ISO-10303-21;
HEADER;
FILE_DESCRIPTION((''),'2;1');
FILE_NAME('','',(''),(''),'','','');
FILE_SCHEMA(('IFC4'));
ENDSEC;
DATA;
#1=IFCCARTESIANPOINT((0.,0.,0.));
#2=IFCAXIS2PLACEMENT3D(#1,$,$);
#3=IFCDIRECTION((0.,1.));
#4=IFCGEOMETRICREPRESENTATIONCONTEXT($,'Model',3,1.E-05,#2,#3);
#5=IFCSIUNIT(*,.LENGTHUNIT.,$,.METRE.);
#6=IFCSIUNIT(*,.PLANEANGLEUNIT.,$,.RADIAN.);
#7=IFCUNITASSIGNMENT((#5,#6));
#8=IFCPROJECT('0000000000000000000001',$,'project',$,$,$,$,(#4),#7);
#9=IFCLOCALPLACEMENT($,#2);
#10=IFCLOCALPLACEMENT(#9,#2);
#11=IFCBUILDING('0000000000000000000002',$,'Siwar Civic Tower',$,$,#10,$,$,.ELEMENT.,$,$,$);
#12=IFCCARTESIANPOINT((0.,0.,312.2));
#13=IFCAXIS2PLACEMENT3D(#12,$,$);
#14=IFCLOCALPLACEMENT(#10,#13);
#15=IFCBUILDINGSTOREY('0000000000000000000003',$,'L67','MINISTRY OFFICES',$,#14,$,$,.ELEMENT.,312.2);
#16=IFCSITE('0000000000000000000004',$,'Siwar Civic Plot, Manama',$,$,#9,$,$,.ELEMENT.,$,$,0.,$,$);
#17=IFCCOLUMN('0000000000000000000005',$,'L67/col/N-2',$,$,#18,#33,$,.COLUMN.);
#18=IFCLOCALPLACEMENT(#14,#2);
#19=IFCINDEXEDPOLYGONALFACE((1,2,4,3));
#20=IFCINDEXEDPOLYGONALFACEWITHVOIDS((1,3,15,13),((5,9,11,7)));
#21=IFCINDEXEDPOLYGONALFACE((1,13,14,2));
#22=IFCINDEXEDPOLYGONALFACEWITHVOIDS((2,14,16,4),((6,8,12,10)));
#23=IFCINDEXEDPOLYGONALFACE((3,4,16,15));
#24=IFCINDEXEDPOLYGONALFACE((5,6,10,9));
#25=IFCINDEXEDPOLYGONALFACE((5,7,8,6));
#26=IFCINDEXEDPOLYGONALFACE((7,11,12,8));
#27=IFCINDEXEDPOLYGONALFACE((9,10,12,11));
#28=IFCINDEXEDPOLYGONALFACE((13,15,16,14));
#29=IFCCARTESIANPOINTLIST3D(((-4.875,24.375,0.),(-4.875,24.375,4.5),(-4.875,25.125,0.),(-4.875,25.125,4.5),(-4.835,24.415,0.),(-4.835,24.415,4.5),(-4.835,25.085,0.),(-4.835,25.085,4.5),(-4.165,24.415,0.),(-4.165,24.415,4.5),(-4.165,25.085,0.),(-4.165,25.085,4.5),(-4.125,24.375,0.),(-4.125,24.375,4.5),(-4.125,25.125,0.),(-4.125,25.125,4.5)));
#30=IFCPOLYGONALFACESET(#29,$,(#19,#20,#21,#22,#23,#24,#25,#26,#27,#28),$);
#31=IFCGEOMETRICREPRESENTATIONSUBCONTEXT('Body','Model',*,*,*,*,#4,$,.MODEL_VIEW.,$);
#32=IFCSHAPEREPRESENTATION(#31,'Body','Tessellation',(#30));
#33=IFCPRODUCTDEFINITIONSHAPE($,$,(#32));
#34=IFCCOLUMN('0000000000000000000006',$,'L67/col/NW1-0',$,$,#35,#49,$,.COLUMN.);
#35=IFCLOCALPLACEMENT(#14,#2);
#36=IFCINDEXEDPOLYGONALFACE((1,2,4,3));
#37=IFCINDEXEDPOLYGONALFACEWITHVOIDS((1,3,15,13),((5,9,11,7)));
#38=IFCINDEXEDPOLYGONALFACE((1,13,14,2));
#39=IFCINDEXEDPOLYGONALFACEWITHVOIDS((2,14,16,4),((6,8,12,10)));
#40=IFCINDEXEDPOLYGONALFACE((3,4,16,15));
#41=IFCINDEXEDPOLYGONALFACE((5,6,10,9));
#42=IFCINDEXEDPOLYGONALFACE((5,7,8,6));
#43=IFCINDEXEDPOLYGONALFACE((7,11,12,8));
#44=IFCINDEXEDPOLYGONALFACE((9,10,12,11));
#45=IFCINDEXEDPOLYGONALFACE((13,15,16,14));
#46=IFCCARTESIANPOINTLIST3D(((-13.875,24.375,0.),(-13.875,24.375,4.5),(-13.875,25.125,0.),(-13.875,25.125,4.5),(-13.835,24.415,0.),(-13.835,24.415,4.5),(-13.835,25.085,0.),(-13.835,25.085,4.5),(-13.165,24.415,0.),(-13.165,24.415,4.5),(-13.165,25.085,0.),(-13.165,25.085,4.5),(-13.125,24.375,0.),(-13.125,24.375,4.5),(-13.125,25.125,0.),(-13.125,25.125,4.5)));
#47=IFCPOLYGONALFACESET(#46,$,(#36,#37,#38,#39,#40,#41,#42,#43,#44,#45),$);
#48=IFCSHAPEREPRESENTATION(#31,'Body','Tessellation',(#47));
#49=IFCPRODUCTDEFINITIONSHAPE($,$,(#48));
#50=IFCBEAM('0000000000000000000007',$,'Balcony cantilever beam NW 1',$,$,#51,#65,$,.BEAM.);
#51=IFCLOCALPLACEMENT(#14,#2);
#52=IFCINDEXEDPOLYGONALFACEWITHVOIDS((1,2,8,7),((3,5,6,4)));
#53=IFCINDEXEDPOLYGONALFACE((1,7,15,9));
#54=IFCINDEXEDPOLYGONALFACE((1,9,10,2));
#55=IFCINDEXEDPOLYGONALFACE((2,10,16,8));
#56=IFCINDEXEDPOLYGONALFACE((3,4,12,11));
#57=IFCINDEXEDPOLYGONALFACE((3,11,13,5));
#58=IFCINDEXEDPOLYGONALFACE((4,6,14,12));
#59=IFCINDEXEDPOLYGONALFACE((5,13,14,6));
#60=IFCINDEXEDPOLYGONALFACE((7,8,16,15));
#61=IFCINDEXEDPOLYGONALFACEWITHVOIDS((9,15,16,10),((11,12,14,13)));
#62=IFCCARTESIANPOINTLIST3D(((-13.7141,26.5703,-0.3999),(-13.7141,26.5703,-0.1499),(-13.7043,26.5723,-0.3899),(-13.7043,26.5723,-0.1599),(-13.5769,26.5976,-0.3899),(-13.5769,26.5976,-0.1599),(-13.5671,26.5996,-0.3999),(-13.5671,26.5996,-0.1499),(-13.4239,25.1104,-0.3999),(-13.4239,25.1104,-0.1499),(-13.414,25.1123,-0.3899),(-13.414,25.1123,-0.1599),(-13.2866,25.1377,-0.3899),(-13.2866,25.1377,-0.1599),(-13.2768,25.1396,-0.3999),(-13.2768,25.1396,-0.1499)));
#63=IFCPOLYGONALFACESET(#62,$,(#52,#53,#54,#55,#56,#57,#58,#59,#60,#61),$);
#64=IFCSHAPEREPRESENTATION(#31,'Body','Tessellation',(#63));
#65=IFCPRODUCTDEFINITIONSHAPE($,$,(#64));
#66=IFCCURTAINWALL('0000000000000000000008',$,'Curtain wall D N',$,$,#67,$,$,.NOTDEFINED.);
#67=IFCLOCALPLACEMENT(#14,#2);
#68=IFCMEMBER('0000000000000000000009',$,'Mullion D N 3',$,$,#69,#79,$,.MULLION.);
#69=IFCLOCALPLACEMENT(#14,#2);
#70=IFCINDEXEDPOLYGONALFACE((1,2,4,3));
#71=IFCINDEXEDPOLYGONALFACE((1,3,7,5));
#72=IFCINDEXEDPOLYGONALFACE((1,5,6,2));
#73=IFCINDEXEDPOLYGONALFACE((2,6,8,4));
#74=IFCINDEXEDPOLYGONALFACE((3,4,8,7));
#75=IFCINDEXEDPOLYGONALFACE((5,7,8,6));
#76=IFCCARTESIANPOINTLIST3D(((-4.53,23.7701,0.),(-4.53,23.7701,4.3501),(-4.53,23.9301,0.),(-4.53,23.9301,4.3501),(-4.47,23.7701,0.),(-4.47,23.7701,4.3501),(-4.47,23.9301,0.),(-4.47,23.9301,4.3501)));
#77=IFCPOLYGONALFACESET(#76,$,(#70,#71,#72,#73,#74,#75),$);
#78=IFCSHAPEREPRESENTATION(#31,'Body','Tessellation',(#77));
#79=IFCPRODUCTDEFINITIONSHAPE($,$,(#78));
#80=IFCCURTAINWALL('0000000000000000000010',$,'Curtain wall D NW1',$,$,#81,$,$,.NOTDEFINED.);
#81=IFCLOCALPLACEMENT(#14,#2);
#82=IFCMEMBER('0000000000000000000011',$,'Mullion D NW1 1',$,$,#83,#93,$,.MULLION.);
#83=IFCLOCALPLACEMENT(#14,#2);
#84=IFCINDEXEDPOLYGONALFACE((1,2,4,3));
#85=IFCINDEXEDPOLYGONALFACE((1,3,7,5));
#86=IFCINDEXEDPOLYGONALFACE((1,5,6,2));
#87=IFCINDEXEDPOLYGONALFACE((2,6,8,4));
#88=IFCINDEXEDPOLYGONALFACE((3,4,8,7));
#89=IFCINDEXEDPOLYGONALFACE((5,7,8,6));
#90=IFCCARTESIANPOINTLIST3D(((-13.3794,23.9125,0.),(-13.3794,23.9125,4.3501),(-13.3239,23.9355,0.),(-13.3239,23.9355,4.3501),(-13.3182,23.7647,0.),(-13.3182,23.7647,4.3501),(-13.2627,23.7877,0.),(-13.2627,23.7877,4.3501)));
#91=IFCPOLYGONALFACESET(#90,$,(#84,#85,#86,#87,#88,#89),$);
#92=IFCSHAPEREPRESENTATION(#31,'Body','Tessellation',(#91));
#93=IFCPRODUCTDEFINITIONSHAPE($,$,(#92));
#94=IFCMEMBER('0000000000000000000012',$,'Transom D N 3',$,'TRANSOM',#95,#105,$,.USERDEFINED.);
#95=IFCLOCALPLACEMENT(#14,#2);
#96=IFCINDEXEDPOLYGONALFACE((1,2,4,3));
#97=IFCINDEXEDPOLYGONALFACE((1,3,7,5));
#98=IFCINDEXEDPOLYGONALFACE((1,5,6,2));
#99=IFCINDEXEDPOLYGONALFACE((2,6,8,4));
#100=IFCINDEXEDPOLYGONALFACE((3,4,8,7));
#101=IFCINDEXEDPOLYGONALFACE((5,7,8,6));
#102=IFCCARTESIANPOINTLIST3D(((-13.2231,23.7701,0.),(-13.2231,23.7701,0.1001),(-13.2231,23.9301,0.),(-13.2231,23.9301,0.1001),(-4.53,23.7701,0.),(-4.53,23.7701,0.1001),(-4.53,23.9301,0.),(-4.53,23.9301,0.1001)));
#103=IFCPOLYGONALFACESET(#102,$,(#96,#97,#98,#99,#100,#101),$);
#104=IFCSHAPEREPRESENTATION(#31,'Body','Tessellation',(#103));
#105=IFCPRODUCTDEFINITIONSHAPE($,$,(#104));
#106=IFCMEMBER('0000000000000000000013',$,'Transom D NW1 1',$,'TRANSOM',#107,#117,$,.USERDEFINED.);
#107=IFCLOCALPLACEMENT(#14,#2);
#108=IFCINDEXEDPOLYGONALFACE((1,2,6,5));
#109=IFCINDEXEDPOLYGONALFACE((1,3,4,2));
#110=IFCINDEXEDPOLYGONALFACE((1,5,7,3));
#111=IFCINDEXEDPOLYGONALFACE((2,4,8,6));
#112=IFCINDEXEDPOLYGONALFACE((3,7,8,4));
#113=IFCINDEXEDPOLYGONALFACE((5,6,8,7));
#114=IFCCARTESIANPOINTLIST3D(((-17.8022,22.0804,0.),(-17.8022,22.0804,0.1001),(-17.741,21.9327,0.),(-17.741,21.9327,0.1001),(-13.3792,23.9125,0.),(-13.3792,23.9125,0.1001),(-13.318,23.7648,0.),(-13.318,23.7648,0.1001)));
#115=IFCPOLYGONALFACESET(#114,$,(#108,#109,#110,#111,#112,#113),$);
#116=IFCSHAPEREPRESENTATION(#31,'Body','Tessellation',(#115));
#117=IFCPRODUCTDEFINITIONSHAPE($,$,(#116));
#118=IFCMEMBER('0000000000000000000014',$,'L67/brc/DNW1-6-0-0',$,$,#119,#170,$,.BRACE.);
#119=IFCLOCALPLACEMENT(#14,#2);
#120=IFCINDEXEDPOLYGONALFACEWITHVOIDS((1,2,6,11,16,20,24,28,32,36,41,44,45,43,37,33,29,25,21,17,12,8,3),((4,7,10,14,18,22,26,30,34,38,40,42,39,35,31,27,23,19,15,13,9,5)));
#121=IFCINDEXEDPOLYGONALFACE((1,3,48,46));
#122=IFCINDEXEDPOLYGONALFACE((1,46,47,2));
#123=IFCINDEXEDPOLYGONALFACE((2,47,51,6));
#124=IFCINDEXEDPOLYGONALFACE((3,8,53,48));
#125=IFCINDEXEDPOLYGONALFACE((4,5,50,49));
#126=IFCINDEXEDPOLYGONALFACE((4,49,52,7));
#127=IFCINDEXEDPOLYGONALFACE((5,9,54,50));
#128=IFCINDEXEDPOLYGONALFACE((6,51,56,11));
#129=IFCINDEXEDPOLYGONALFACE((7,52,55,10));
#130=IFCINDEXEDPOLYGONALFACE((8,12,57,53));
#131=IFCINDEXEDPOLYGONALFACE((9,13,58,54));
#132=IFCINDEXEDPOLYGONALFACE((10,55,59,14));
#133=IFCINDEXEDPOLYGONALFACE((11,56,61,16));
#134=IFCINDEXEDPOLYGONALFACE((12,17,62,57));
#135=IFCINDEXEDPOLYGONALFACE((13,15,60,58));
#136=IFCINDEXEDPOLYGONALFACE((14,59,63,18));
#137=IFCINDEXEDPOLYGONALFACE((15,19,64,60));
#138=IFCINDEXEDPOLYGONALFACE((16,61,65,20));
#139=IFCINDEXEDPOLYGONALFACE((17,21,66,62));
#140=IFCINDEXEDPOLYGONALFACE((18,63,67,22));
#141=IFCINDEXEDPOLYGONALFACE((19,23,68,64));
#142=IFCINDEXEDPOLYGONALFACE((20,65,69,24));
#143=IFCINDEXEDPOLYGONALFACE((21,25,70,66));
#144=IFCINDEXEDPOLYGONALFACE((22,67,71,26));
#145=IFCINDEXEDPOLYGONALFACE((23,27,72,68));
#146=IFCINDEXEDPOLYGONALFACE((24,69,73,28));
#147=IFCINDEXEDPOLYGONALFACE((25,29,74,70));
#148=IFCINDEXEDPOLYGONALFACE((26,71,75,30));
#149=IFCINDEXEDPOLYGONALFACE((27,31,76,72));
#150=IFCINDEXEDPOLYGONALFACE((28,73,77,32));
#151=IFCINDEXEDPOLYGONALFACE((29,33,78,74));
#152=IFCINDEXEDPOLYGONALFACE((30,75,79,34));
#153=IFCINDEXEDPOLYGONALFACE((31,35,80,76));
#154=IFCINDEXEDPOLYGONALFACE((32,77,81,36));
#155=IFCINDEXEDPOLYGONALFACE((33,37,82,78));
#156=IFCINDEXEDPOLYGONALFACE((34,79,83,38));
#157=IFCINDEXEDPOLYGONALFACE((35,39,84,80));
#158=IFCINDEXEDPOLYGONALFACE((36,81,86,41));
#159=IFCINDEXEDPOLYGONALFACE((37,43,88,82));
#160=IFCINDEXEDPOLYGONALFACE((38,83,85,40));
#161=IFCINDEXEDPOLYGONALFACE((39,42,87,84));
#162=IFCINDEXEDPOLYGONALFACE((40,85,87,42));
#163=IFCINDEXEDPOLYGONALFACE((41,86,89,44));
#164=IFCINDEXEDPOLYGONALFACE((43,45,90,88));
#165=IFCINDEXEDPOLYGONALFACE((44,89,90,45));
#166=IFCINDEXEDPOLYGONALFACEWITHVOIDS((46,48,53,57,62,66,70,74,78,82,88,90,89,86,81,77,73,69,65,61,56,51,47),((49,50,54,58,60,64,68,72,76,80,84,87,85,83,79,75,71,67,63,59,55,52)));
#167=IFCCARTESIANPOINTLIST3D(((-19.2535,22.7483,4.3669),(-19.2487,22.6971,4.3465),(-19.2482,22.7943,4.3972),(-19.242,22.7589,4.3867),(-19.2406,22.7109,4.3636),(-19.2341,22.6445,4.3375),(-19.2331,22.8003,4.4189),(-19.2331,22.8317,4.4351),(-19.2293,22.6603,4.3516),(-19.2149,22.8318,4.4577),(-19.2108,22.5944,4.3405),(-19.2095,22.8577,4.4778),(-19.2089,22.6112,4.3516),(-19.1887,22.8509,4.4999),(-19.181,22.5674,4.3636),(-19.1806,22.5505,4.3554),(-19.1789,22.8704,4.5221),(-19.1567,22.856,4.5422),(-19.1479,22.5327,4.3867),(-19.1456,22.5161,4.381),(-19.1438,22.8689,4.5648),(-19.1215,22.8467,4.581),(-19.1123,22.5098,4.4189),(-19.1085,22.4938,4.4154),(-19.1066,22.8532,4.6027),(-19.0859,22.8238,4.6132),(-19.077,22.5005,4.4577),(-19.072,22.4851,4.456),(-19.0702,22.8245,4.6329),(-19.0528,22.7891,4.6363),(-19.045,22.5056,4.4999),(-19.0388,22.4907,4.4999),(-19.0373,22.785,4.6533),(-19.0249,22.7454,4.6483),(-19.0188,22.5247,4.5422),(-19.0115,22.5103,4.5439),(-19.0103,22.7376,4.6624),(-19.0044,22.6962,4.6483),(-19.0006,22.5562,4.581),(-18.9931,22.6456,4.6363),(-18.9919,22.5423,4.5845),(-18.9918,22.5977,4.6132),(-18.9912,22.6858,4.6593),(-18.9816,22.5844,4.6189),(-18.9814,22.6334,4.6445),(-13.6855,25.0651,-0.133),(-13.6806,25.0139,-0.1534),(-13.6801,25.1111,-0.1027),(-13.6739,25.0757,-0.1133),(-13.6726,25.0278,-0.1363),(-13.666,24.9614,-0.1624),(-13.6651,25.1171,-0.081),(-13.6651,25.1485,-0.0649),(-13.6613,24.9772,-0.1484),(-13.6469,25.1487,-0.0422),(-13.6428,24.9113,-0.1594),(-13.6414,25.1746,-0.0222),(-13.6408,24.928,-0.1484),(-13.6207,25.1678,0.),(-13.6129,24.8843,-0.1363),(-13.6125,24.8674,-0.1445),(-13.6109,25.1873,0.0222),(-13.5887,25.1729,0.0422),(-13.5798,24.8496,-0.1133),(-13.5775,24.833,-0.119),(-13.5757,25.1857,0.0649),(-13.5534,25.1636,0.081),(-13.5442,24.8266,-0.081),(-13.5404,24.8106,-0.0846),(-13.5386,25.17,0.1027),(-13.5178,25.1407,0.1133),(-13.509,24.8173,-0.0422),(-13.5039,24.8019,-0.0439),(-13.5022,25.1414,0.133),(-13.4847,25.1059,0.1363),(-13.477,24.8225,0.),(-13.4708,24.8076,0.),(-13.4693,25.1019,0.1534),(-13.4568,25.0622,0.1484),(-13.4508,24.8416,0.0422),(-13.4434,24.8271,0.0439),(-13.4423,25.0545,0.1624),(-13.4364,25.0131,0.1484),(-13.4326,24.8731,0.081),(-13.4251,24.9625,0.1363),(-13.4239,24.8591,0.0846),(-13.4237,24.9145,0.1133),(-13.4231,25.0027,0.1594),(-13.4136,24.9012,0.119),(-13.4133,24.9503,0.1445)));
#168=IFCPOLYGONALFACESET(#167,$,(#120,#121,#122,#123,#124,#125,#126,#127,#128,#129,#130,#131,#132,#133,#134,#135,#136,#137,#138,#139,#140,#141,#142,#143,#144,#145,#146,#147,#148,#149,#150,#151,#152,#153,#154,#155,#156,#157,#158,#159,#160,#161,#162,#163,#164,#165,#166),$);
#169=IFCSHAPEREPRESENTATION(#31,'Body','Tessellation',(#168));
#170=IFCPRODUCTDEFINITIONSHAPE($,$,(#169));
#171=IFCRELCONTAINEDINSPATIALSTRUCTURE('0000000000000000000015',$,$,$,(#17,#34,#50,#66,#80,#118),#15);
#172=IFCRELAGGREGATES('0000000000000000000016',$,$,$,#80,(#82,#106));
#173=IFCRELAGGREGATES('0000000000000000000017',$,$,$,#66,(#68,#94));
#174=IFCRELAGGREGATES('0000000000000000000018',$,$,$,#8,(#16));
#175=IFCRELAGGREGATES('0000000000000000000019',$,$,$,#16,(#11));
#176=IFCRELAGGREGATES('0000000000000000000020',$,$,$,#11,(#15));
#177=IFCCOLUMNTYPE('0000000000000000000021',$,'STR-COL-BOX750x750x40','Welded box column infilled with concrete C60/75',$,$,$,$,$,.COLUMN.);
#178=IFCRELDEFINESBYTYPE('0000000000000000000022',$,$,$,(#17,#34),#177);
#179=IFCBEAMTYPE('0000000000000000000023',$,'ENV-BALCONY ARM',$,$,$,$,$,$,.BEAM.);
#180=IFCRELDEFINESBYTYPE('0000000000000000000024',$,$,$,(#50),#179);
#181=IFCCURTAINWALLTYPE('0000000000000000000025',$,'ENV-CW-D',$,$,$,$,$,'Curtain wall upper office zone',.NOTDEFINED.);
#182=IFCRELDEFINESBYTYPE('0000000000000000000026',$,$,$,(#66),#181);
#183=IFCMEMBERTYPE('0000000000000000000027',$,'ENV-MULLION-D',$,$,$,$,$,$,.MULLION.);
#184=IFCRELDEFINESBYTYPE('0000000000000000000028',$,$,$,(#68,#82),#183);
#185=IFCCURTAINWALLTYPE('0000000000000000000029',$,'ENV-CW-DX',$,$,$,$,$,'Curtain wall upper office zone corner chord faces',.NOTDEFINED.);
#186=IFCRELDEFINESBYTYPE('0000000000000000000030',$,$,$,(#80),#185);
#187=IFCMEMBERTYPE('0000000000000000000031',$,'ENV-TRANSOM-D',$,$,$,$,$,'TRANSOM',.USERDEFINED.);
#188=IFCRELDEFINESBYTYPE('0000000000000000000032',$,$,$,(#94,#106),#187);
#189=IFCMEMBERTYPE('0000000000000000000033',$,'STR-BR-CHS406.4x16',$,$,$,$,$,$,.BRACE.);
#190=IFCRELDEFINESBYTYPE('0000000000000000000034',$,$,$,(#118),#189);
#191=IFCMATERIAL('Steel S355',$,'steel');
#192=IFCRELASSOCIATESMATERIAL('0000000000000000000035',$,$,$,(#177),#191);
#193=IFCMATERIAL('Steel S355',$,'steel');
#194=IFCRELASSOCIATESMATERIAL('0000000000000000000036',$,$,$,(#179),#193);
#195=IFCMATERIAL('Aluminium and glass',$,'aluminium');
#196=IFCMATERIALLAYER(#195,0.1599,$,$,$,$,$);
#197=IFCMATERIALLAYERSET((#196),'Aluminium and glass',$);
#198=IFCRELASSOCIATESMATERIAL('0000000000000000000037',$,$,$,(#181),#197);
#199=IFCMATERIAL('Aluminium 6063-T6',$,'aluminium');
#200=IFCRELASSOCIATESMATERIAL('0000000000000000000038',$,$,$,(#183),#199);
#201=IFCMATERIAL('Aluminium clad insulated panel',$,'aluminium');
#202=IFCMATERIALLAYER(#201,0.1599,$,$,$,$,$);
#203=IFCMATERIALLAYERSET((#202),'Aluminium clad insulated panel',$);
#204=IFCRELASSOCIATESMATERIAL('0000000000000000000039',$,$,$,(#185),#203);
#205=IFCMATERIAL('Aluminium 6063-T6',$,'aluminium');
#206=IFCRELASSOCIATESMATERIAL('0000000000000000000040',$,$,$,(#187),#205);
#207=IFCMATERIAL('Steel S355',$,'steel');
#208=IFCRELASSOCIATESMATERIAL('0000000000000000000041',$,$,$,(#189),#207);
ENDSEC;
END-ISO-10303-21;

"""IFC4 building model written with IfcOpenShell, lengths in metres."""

from ifc_helpers import new_model, si_unit, direction, frame, origin, origin_2d, place, context, subcontext, project, spatial, rectangle, hollow_rectangle, hollow_circle, extrude, material, layer, layer_set, material_profile, profile_set, type_object, element, aggregate, save


model = new_model("IFC4")

# Units and contexts
model_context = context("Model", 3, precision=1e-05, world=origin(), true_north=direction((0.0, 1.0)))
body_context = subcontext(model_context, "Body", "Model", "MODEL_VIEW")
ifc_project = project(units=[si_unit("LENGTHUNIT", "METRE"), si_unit("PLANEANGLEUNIT", "RADIAN")], contexts=[model_context])

# Site, building, storey
site_placement = place(None, origin())
site = spatial("IfcSite", under=ifc_project, at=site_placement, Name="Siwar Civic Plot, Manama", CompositionType="ELEMENT", RefElevation=0.0)
building_placement = place(site_placement, origin())
building = spatial("IfcBuilding", under=site, at=building_placement, Name="Siwar Civic Tower", CompositionType="ELEMENT")
storey_placement = place(building_placement, frame((0.0, 0.0, 312.2)))
storey = spatial("IfcBuildingStorey", under=building, at=storey_placement, Name="L67", Description="MINISTRY OFFICES", CompositionType="ELEMENT", Elevation=312.2)

# Columns
ifc_material_1 = material(Name="Steel S355", Category="steel")
ifc_material_profile_1 = material_profile(ifc_material_1, hollow_rectangle(XDim=0.75, YDim=0.75, WallThickness=0.04, at=origin_2d()), Name="BOX750x750x40")
ifc_profile_set_1 = profile_set([ifc_material_profile_1], Name="Steel S355")
column_type = type_object("IfcColumnType", Name="STR-COL-BOX750x750x40", Description="Welded box column infilled with concrete C60/75", PredefinedType="COLUMN", material=ifc_profile_set_1)
for number, where, z_axis, x_axis, name in (
    (1, (-4.5, 24.75, 0.0), (0.0, 0.0, 1.0), (1.0, 0.0, 0.0), "L67/col/N-2"),
    (2, (-13.5, 24.75, 0.0), (0.0, 0.0, 1.0), (1.0, 0.0, 0.0), "L67/col/NW1-0"),
):
    element("IfcColumn", number, at=place(storey_placement, frame(where, z_axis=z_axis, x_axis=x_axis)), inside=storey, type_object=column_type, Name=name, PredefinedType="COLUMN", context=body_context, shape_type="SweptSolid", body=[
        extrude(hollow_rectangle(XDim=0.75, YDim=0.75, WallThickness=0.04, at=origin_2d()), origin(), (0.0, 0.0, 1.0), 4.5),
    ])

# Beam
ifc_material_2 = material(Name="Steel S355", Category="steel")
ifc_material_profile_2 = material_profile(ifc_material_2, hollow_rectangle(XDim=0.1499, YDim=0.25, WallThickness=0.01, at=origin_2d()), Name="RHS250x150x10")
ifc_profile_set_2 = profile_set([ifc_material_profile_2], Name="Steel S355")
beam_type_1 = type_object("IfcBeamType", Name="ENV-BALCONY ARM", PredefinedType="BEAM", material=ifc_profile_set_2)
beam_1_placement = place(storey_placement, frame((-13.3503, 25.125, -0.2749), z_axis=(-0.195012, 0.980801, 0.0), x_axis=(-0.980801, -0.195012, 0.0)))
element("IfcBeam", 3, at=beam_1_placement, inside=storey, type_object=beam_type_1, Name="Balcony cantilever beam NW 1", PredefinedType="BEAM", context=body_context, shape_type="SweptSolid", body=[
    extrude(hollow_rectangle(XDim=0.1499, YDim=0.25, WallThickness=0.01, at=origin_2d()), origin(), (0.0, 0.0, 1.0), 1.4885),
])

# Curtain walls, members
ifc_material_3 = material(Name="Aluminium and glass", Category="aluminium")
ifc_layer_1 = layer(ifc_material_3, 0.1599)
ifc_layer_set_1 = layer_set([ifc_layer_1], Name="Aluminium and glass")
curtain_wall_type_1 = type_object("IfcCurtainWallType", Name="ENV-CW-D", ElementType="Curtain wall upper office zone", PredefinedType="NOTDEFINED", material=ifc_layer_set_1)
curtain_wall_1_placement = place(storey_placement, origin())
curtain_wall_1 = element("IfcCurtainWall", 4, at=curtain_wall_1_placement, inside=storey, type_object=curtain_wall_type_1, Name="Curtain wall D N", PredefinedType="NOTDEFINED")
ifc_material_4 = material(Name="Aluminium 6063-T6", Category="aluminium")
ifc_material_profile_3 = material_profile(ifc_material_4, rectangle(XDim=0.1599, YDim=0.0601, at=origin_2d()), Name="AL 160x60")
ifc_profile_set_3 = profile_set([ifc_material_profile_3], Name="Aluminium 6063-T6")
member_type_1 = type_object("IfcMemberType", Name="ENV-MULLION-D", PredefinedType="MULLION", material=ifc_profile_set_3)
member_1_placement = place(storey_placement, frame((-4.5, 23.8501, 0.0), z_axis=(0.0, 0.0, 1.0), x_axis=(0.0, -1.0, 0.0)))
member_1 = element("IfcMember", 5, at=member_1_placement, type_object=member_type_1, Name="Mullion D N 3", PredefinedType="MULLION", context=body_context, shape_type="SweptSolid", body=[
    extrude(rectangle(XDim=0.1599, YDim=0.0601, at=origin_2d()), origin(), (0.0, 0.0, 1.0), 4.3501),
])
ifc_material_5 = material(Name="Aluminium clad insulated panel", Category="aluminium")
ifc_layer_2 = layer(ifc_material_5, 0.1599)
ifc_layer_set_2 = layer_set([ifc_layer_2], Name="Aluminium clad insulated panel")
curtain_wall_type_2 = type_object("IfcCurtainWallType", Name="ENV-CW-DX", ElementType="Curtain wall upper office zone corner chord faces", PredefinedType="NOTDEFINED", material=ifc_layer_set_2)
curtain_wall_2_placement = place(storey_placement, origin())
curtain_wall_2 = element("IfcCurtainWall", 6, at=curtain_wall_2_placement, inside=storey, type_object=curtain_wall_type_2, Name="Curtain wall D NW1", PredefinedType="NOTDEFINED")
member_2_placement = place(storey_placement, frame((-13.321, 23.8501, 0.0), z_axis=(0.0, 0.0, 1.0), x_axis=(0.382683, -0.92388, 0.0)))
member_2 = element("IfcMember", 7, at=member_2_placement, type_object=member_type_1, Name="Mullion D NW1 1", PredefinedType="MULLION", context=body_context, shape_type="SweptSolid", body=[
    extrude(rectangle(XDim=0.1599, YDim=0.0601, at=origin_2d()), origin(), (0.0, 0.0, 1.0), 4.3501),
])

# Members
ifc_material_6 = material(Name="Aluminium 6063-T6", Category="aluminium")
ifc_material_profile_4 = material_profile(ifc_material_6, rectangle(XDim=0.1599, YDim=0.1001, at=origin_2d()), Name="AL 160x100")
ifc_profile_set_4 = profile_set([ifc_material_profile_4], Name="Aluminium 6063-T6")
member_type_2 = type_object("IfcMemberType", Name="ENV-TRANSOM-D", ElementType="TRANSOM", PredefinedType="USERDEFINED", material=ifc_profile_set_4)
member_3_placement = place(storey_placement, frame((-4.53, 23.8501, 0.05), z_axis=(-1.0, 0.0, 0.0), x_axis=(0.0, -1.0, 0.0)))
member_3 = element("IfcMember", 8, at=member_3_placement, type_object=member_type_2, Name="Transom D N 3", ObjectType="TRANSOM", PredefinedType="USERDEFINED", context=body_context, shape_type="SweptSolid", body=[
    extrude(rectangle(XDim=0.1599, YDim=0.1001, at=origin_2d()), origin(), (0.0, 0.0, 1.0), 8.6931),
])
member_4_placement = place(storey_placement, frame((-13.3486, 23.8386, 0.05), z_axis=(-0.923878, -0.382688, 0.0), x_axis=(0.382688, -0.923878, 0.0)))
member_4 = element("IfcMember", 9, at=member_4_placement, type_object=member_type_2, Name="Transom D NW1 1", ObjectType="TRANSOM", PredefinedType="USERDEFINED", context=body_context, shape_type="SweptSolid", body=[
    extrude(rectangle(XDim=0.1599, YDim=0.1001, at=origin_2d()), origin(), (0.0, 0.0, 1.0), 4.7874),
])
aggregate(curtain_wall_2, [member_2, member_4])
ifc_material_7 = material(Name="Steel S355", Category="steel")
ifc_material_profile_5 = material_profile(ifc_material_7, hollow_circle(Radius=0.2031, WallThickness=0.0161, at=origin_2d()), Name="CHS406.4x16")
ifc_profile_set_5 = profile_set([ifc_material_profile_5], Name="Steel S355")
member_type_3 = type_object("IfcMemberType", Name="STR-BR-CHS406.4x16", PredefinedType="BRACE", material=ifc_profile_set_5)
member_5_placement = place(storey_placement, frame((-13.5488, 24.9951, 0.0), z_axis=(-0.739973, -0.307903, 0.598026), x_axis=(0.38417, -0.923262, 0.0)))
element("IfcMember", 10, at=member_5_placement, inside=storey, type_object=member_type_3, Name="L67/brc/DNW1-6-0-0", PredefinedType="BRACE", context=body_context, shape_type="SweptSolid", body=[
    extrude(hollow_circle(Radius=0.2031, WallThickness=0.0161, at=origin_2d()), origin(), (0.0, 0.0, 1.0), 7.5247),
])

aggregate(curtain_wall_1, [member_1, member_3])

save(model, "model.ifc")
